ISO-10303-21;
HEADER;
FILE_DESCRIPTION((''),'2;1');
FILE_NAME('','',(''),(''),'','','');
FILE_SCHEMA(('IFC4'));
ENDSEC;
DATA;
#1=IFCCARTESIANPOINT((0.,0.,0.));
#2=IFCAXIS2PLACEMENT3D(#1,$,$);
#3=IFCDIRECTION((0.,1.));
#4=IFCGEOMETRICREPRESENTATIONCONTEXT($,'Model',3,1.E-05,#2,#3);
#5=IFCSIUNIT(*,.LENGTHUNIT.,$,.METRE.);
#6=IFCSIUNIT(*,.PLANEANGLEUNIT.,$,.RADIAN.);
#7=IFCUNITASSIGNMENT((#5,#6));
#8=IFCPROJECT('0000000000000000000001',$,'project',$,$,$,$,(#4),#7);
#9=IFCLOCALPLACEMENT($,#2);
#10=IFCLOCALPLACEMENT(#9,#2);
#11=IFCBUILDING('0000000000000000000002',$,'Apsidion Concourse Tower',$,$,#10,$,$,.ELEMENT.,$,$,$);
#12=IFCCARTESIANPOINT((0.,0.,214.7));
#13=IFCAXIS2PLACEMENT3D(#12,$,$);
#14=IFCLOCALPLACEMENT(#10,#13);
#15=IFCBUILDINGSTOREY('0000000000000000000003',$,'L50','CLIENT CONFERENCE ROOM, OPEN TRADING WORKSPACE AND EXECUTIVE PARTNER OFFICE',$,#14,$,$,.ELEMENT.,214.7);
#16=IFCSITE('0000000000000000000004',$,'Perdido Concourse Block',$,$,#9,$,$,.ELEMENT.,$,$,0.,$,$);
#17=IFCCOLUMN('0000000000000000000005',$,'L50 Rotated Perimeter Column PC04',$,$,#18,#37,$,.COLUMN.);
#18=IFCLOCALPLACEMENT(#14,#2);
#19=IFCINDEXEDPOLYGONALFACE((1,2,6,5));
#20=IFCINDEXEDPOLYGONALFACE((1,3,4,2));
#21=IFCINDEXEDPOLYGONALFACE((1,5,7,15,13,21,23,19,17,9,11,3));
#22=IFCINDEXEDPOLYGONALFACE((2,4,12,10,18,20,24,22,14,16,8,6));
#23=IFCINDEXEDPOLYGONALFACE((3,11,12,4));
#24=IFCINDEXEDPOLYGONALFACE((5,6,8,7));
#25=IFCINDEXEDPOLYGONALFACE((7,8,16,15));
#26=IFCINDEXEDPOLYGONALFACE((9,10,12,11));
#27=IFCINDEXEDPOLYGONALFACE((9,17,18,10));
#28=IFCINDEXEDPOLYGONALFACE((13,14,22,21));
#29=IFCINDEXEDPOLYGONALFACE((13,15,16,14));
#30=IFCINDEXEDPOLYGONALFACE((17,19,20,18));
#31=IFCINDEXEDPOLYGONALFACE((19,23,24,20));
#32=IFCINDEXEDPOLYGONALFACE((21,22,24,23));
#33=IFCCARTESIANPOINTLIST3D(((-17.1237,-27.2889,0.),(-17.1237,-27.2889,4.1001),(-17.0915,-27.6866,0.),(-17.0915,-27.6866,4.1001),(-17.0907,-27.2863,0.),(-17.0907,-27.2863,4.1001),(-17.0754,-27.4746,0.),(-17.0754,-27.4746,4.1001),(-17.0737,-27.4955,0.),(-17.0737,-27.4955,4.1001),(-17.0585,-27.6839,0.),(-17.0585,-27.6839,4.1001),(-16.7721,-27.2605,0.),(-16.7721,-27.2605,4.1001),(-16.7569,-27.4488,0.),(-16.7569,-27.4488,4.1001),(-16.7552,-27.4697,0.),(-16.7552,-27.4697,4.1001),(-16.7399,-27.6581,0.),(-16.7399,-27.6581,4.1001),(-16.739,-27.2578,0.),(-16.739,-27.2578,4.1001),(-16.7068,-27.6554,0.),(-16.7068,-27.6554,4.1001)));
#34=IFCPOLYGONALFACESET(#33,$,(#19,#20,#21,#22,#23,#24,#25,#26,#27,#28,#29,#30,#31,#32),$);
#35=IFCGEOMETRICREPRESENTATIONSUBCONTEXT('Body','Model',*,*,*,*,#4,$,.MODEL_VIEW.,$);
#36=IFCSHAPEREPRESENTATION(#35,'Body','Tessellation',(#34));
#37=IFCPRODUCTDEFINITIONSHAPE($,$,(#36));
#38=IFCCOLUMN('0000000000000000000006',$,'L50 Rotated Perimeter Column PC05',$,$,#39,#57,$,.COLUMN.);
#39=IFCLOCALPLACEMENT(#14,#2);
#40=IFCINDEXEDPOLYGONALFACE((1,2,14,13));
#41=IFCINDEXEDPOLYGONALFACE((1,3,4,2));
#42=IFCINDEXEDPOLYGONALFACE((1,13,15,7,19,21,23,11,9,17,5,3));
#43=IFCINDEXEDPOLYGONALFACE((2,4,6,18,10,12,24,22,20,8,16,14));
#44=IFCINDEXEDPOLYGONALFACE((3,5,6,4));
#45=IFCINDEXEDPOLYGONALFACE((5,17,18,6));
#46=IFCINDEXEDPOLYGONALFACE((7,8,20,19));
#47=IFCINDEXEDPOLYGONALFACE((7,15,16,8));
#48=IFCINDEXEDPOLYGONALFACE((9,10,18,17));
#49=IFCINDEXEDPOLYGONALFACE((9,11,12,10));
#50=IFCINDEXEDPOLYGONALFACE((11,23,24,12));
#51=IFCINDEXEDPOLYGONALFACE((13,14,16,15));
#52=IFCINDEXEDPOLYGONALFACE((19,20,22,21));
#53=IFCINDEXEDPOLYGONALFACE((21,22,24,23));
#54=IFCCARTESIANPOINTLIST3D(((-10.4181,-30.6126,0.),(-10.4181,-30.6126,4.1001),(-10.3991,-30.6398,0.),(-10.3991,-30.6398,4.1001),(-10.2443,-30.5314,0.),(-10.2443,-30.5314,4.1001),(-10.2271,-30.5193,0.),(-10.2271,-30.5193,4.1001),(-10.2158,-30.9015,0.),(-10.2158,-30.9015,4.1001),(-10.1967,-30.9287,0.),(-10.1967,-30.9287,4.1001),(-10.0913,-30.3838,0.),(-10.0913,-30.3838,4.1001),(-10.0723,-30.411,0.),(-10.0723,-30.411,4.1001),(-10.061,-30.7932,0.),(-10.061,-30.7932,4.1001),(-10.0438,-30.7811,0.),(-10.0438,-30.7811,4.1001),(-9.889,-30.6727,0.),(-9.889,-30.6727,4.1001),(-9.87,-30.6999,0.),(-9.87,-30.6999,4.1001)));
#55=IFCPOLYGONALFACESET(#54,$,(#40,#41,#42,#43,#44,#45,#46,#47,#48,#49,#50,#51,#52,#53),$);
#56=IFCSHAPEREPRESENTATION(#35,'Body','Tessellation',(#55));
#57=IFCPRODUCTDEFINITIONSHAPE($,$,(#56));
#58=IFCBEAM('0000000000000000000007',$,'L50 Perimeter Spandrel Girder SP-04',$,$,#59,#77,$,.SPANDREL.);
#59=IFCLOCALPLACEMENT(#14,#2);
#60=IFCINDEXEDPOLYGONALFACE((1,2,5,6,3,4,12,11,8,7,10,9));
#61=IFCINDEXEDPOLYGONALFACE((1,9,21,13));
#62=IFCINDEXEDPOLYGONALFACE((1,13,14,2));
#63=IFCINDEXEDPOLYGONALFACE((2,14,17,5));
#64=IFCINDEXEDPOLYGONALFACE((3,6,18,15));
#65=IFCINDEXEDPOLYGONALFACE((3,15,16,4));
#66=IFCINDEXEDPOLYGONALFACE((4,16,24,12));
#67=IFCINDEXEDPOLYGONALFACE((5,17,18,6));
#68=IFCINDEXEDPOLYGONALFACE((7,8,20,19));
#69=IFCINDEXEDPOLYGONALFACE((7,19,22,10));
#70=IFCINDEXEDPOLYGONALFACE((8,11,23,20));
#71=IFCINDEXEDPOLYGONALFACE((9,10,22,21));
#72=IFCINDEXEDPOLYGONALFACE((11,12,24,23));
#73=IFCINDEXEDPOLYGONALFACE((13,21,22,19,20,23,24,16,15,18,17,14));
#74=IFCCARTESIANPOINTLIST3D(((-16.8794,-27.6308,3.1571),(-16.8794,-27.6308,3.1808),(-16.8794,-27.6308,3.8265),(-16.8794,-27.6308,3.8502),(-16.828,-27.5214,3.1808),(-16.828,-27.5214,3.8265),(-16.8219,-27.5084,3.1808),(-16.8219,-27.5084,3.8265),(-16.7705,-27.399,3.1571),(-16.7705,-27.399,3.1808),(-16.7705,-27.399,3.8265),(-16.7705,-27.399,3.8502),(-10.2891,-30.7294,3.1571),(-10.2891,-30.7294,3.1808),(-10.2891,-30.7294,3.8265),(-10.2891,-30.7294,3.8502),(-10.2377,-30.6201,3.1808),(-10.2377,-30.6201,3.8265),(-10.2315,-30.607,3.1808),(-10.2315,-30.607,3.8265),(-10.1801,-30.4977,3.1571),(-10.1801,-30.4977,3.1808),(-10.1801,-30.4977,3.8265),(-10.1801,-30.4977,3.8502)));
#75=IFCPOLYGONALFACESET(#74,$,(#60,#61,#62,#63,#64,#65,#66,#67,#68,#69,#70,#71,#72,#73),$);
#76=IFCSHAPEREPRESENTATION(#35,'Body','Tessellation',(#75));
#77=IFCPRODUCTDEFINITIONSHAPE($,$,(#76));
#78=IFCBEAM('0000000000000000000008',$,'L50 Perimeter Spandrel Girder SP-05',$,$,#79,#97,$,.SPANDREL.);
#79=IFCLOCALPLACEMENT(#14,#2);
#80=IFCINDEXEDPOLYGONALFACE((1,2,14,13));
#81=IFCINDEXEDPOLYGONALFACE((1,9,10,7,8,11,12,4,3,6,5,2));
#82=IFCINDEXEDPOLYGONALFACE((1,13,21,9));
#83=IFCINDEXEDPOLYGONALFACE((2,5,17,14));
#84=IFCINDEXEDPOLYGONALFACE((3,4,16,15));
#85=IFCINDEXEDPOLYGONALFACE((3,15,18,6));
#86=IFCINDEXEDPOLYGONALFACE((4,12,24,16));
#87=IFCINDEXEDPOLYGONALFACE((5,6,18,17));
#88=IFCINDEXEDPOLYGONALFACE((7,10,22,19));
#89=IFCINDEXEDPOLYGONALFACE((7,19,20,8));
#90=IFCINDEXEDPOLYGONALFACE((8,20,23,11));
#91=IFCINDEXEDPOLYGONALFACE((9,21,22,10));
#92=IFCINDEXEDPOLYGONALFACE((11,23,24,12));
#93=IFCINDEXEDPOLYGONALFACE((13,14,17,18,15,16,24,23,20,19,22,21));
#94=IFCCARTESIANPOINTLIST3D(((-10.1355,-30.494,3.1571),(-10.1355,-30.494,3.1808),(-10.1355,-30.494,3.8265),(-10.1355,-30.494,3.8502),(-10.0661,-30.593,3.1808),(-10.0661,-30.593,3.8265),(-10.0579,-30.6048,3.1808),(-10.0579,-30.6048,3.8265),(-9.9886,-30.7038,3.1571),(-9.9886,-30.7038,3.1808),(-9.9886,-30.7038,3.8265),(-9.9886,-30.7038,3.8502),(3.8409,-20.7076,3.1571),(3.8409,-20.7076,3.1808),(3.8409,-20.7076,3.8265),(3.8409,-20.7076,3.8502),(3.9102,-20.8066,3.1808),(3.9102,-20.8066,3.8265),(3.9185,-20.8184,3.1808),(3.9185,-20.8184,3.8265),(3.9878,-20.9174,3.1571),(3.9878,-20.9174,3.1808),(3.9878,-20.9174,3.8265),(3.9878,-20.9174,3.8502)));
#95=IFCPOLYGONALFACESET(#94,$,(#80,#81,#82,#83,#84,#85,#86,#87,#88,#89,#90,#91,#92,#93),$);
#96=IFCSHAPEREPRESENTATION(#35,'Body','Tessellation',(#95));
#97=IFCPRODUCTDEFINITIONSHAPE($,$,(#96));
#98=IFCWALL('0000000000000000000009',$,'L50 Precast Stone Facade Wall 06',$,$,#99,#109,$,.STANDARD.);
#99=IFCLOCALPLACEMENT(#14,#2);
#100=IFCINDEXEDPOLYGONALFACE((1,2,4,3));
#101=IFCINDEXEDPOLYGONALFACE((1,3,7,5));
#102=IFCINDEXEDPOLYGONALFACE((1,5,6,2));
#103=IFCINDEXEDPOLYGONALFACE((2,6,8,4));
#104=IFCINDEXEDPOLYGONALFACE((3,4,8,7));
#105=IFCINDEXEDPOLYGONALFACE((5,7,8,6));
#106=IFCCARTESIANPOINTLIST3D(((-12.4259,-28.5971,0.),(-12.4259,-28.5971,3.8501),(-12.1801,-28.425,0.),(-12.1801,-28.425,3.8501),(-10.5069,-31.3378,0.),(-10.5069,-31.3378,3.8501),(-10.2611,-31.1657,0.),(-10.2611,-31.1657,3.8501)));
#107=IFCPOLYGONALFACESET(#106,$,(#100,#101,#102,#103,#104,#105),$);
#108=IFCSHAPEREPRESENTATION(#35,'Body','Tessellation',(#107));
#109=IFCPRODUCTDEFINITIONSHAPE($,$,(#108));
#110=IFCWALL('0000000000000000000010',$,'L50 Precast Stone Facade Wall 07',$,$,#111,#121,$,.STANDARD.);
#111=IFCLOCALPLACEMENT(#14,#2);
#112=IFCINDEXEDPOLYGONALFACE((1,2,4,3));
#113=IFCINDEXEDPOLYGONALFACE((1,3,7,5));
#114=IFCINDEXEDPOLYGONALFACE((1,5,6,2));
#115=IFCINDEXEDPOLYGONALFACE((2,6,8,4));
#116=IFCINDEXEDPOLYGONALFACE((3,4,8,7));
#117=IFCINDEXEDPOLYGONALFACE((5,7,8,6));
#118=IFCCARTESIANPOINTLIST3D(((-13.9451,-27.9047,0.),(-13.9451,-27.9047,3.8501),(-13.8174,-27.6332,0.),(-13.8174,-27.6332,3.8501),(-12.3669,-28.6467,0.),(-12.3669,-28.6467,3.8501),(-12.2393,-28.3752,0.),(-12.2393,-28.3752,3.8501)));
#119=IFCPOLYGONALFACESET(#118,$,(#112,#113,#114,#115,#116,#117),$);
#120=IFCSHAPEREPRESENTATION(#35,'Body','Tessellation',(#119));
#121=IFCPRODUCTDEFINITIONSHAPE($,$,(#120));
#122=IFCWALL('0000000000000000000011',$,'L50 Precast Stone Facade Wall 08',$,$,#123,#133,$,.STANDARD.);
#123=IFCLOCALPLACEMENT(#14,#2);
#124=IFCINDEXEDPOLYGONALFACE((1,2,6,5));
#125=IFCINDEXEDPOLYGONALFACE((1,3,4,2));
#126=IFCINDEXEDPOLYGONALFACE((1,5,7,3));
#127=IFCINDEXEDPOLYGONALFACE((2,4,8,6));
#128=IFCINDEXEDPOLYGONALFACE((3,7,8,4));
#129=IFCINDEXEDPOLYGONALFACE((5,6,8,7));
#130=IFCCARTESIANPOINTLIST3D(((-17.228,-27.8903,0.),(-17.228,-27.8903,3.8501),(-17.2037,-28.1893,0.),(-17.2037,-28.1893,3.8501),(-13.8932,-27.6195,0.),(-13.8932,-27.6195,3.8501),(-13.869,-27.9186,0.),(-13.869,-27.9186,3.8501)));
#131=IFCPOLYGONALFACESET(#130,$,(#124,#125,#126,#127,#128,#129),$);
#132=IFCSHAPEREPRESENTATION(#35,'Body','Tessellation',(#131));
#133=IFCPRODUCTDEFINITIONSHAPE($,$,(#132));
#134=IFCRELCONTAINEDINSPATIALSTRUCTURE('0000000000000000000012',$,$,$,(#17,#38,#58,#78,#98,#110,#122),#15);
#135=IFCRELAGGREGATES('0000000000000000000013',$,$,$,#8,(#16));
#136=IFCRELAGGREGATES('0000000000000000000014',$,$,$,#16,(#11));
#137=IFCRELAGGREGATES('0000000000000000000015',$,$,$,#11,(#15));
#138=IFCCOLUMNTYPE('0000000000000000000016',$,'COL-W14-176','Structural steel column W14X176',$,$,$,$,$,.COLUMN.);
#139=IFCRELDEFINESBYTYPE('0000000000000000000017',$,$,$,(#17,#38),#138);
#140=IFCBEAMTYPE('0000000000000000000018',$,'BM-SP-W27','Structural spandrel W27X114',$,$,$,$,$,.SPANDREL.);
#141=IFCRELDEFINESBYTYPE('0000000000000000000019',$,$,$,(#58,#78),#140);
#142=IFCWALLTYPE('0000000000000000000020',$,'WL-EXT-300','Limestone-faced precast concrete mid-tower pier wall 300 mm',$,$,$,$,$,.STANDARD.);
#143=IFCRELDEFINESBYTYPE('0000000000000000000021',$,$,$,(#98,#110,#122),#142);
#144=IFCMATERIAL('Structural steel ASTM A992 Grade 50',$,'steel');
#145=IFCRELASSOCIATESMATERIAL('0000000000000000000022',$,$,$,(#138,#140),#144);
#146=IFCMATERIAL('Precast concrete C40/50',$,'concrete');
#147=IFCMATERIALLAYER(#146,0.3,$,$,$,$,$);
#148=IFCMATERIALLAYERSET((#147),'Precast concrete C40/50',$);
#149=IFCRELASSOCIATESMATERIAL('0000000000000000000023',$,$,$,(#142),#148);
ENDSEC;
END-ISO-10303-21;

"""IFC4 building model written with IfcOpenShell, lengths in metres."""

from ifc_helpers import new_model, si_unit, direction, frame, frame_2d, origin, origin_2d, place, context, subcontext, project, spatial, rectangle, i_section, extrude, material, layer, layer_set, material_profile, profile_set, type_object, element, save


model = new_model("IFC4")

# Units and contexts
model_context = context("Model", 3, precision=1e-05, world=origin(), true_north=direction((0.0, 1.0)))
body_context = subcontext(model_context, "Body", "Model", "MODEL_VIEW")
ifc_project = project(units=[si_unit("LENGTHUNIT", "METRE"), si_unit("PLANEANGLEUNIT", "RADIAN")], contexts=[model_context])

# Site, building, storey
site_placement = place(None, origin())
site = spatial("IfcSite", under=ifc_project, at=site_placement, Name="Perdido Concourse Block", CompositionType="ELEMENT", RefElevation=0.0)
building_placement = place(site_placement, origin())
building = spatial("IfcBuilding", under=site, at=building_placement, Name="Apsidion Concourse Tower", CompositionType="ELEMENT")
storey_placement = place(building_placement, frame((0.0, 0.0, 214.7)))
storey = spatial("IfcBuildingStorey", under=building, at=storey_placement, Name="L50", Description="CLIENT CONFERENCE ROOM, OPEN TRADING WORKSPACE AND EXECUTIVE PARTNER OFFICE", CompositionType="ELEMENT", Elevation=214.7)

# Columns
ifc_material_1 = material(Name="Structural steel ASTM A992 Grade 50", Category="steel")
ifc_material_profile_1 = material_profile(ifc_material_1, i_section(OverallWidth=0.3989, OverallDepth=0.386, WebThickness=0.021, FlangeThickness=0.0332, at=origin_2d()), Name="W14X176")
ifc_profile_set_1 = profile_set([ifc_material_profile_1], Name="Structural steel ASTM A992 Grade 50")
column_type = type_object("IfcColumnType", Name="COL-W14-176", Description="Structural steel column W14X176", PredefinedType="COLUMN", material=ifc_profile_set_1)
for number, where, z_axis, x_axis, name in (
    (1, (-16.9153, -27.4722, 0.0), (0.0, 0.0, 1.0), (-0.080721, 0.996737, 0.0), "L50 Rotated Perimeter Column PC04"),
    (2, (-10.144, -30.6562, 0.0), (0.0, 0.0, 1.0), (0.819152, 0.573576, 0.0), "L50 Rotated Perimeter Column PC05"),
):
    element("IfcColumn", number, at=place(storey_placement, frame(where, z_axis=z_axis, x_axis=x_axis)), inside=storey, type_object=column_type, Name=name, PredefinedType="COLUMN", context=body_context, shape_type="SweptSolid", body=[
        extrude(i_section(OverallWidth=0.3989, OverallDepth=0.386, WebThickness=0.021, FlangeThickness=0.0332, at=origin_2d()), origin(), (0.0, 0.0, 1.0), 4.1001),
    ])

# Beams
ifc_material_profile_2 = material_profile(ifc_material_1, i_section(OverallWidth=0.2561, OverallDepth=0.6931, WebThickness=0.0144, FlangeThickness=0.0237, at=origin_2d()), Name="W27X114")
ifc_profile_set_2 = profile_set([ifc_material_profile_2], Name="Structural steel ASTM A992 Grade 50")
beam_type = type_object("IfcBeamType", Name="BM-SP-W27", Description="Structural spandrel W27X114", PredefinedType="SPANDREL", material=ifc_profile_set_2)
beam_1_placement = place(storey_placement, frame((-16.825, -27.5149, 3.5037), z_axis=(0.904961, -0.425493, 0.0), x_axis=(0.425493, 0.904961, 0.0)))
element("IfcBeam", 3, at=beam_1_placement, inside=storey, type_object=beam_type, Name="L50 Perimeter Spandrel Girder SP-04", PredefinedType="SPANDREL", context=body_context, shape_type="SweptSolid", body=[
    extrude(i_section(OverallWidth=0.2561, OverallDepth=0.6931, WebThickness=0.0144, FlangeThickness=0.0237, at=origin_2d()), origin(), (0.0, 0.0, 1.0), 7.2825),
])
beam_2_placement = place(storey_placement, frame((-10.062, -30.5989, 3.5037), z_axis=(0.819151, 0.573579, 0.0), x_axis=(-0.573579, 0.819151, 0.0)))
element("IfcBeam", 4, at=beam_2_placement, inside=storey, type_object=beam_type, Name="L50 Perimeter Spandrel Girder SP-05", PredefinedType="SPANDREL", context=body_context, shape_type="SweptSolid", body=[
    extrude(i_section(OverallWidth=0.2561, OverallDepth=0.6931, WebThickness=0.0144, FlangeThickness=0.0237, at=origin_2d()), origin(), (0.0, 0.0, 1.0), 17.062),
])

# Walls
ifc_material_2 = material(Name="Precast concrete C40/50", Category="concrete")
ifc_layer_1 = layer(ifc_material_2, 0.3)
ifc_layer_set_1 = layer_set([ifc_layer_1], Name="Precast concrete C40/50")
wall_type_1 = type_object("IfcWallType", Name="WL-EXT-300", Description="Limestone-faced precast concrete mid-tower pier wall 300 mm", PredefinedType="STANDARD", material=ifc_layer_set_1)
wall_1_placement = place(storey_placement, frame((-10.384, -31.2517, 0.0), z_axis=(0.0, 0.0, 1.0), x_axis=(-0.57355, 0.81917, 0.0)))
element("IfcWall", 5, at=wall_1_placement, inside=storey, type_object=wall_type_1, Name="L50 Precast Stone Facade Wall 06", PredefinedType="STANDARD", context=body_context, shape_type="SweptSolid", body=[
    extrude(rectangle(XDim=3.3457, YDim=0.3, at=frame_2d((1.6729, 0.0))), origin(), (0.0, 0.0, 1.0), 3.8501),
])
wall_2_placement = place(storey_placement, frame((-12.303, -28.511, 0.0), z_axis=(0.0, 0.0, 1.0), x_axis=(-0.904974, 0.425467, 0.0)))
element("IfcWall", 6, at=wall_2_placement, inside=storey, type_object=wall_type_1, Name="L50 Precast Stone Facade Wall 07", PredefinedType="STANDARD", context=body_context, shape_type="SweptSolid", body=[
    extrude(rectangle(XDim=1.7439, YDim=0.3, at=frame_2d((0.8721, 0.0))), origin(), (0.0, 0.0, 1.0), 3.8501),
])
wall_3_placement = place(storey_placement, frame((-13.8811, -27.769, 0.0), z_axis=(0.0, 0.0, 1.0), x_axis=(-0.99672, -0.080926, 0.0)))
element("IfcWall", 7, at=wall_3_placement, inside=storey, type_object=wall_type_1, Name="L50 Precast Stone Facade Wall 08", PredefinedType="STANDARD", context=body_context, shape_type="SweptSolid", body=[
    extrude(rectangle(XDim=3.3457, YDim=0.3, at=frame_2d((1.6729, 0.0))), origin(), (0.0, 0.0, 1.0), 3.8501),
])

save(model, "model.ifc")
